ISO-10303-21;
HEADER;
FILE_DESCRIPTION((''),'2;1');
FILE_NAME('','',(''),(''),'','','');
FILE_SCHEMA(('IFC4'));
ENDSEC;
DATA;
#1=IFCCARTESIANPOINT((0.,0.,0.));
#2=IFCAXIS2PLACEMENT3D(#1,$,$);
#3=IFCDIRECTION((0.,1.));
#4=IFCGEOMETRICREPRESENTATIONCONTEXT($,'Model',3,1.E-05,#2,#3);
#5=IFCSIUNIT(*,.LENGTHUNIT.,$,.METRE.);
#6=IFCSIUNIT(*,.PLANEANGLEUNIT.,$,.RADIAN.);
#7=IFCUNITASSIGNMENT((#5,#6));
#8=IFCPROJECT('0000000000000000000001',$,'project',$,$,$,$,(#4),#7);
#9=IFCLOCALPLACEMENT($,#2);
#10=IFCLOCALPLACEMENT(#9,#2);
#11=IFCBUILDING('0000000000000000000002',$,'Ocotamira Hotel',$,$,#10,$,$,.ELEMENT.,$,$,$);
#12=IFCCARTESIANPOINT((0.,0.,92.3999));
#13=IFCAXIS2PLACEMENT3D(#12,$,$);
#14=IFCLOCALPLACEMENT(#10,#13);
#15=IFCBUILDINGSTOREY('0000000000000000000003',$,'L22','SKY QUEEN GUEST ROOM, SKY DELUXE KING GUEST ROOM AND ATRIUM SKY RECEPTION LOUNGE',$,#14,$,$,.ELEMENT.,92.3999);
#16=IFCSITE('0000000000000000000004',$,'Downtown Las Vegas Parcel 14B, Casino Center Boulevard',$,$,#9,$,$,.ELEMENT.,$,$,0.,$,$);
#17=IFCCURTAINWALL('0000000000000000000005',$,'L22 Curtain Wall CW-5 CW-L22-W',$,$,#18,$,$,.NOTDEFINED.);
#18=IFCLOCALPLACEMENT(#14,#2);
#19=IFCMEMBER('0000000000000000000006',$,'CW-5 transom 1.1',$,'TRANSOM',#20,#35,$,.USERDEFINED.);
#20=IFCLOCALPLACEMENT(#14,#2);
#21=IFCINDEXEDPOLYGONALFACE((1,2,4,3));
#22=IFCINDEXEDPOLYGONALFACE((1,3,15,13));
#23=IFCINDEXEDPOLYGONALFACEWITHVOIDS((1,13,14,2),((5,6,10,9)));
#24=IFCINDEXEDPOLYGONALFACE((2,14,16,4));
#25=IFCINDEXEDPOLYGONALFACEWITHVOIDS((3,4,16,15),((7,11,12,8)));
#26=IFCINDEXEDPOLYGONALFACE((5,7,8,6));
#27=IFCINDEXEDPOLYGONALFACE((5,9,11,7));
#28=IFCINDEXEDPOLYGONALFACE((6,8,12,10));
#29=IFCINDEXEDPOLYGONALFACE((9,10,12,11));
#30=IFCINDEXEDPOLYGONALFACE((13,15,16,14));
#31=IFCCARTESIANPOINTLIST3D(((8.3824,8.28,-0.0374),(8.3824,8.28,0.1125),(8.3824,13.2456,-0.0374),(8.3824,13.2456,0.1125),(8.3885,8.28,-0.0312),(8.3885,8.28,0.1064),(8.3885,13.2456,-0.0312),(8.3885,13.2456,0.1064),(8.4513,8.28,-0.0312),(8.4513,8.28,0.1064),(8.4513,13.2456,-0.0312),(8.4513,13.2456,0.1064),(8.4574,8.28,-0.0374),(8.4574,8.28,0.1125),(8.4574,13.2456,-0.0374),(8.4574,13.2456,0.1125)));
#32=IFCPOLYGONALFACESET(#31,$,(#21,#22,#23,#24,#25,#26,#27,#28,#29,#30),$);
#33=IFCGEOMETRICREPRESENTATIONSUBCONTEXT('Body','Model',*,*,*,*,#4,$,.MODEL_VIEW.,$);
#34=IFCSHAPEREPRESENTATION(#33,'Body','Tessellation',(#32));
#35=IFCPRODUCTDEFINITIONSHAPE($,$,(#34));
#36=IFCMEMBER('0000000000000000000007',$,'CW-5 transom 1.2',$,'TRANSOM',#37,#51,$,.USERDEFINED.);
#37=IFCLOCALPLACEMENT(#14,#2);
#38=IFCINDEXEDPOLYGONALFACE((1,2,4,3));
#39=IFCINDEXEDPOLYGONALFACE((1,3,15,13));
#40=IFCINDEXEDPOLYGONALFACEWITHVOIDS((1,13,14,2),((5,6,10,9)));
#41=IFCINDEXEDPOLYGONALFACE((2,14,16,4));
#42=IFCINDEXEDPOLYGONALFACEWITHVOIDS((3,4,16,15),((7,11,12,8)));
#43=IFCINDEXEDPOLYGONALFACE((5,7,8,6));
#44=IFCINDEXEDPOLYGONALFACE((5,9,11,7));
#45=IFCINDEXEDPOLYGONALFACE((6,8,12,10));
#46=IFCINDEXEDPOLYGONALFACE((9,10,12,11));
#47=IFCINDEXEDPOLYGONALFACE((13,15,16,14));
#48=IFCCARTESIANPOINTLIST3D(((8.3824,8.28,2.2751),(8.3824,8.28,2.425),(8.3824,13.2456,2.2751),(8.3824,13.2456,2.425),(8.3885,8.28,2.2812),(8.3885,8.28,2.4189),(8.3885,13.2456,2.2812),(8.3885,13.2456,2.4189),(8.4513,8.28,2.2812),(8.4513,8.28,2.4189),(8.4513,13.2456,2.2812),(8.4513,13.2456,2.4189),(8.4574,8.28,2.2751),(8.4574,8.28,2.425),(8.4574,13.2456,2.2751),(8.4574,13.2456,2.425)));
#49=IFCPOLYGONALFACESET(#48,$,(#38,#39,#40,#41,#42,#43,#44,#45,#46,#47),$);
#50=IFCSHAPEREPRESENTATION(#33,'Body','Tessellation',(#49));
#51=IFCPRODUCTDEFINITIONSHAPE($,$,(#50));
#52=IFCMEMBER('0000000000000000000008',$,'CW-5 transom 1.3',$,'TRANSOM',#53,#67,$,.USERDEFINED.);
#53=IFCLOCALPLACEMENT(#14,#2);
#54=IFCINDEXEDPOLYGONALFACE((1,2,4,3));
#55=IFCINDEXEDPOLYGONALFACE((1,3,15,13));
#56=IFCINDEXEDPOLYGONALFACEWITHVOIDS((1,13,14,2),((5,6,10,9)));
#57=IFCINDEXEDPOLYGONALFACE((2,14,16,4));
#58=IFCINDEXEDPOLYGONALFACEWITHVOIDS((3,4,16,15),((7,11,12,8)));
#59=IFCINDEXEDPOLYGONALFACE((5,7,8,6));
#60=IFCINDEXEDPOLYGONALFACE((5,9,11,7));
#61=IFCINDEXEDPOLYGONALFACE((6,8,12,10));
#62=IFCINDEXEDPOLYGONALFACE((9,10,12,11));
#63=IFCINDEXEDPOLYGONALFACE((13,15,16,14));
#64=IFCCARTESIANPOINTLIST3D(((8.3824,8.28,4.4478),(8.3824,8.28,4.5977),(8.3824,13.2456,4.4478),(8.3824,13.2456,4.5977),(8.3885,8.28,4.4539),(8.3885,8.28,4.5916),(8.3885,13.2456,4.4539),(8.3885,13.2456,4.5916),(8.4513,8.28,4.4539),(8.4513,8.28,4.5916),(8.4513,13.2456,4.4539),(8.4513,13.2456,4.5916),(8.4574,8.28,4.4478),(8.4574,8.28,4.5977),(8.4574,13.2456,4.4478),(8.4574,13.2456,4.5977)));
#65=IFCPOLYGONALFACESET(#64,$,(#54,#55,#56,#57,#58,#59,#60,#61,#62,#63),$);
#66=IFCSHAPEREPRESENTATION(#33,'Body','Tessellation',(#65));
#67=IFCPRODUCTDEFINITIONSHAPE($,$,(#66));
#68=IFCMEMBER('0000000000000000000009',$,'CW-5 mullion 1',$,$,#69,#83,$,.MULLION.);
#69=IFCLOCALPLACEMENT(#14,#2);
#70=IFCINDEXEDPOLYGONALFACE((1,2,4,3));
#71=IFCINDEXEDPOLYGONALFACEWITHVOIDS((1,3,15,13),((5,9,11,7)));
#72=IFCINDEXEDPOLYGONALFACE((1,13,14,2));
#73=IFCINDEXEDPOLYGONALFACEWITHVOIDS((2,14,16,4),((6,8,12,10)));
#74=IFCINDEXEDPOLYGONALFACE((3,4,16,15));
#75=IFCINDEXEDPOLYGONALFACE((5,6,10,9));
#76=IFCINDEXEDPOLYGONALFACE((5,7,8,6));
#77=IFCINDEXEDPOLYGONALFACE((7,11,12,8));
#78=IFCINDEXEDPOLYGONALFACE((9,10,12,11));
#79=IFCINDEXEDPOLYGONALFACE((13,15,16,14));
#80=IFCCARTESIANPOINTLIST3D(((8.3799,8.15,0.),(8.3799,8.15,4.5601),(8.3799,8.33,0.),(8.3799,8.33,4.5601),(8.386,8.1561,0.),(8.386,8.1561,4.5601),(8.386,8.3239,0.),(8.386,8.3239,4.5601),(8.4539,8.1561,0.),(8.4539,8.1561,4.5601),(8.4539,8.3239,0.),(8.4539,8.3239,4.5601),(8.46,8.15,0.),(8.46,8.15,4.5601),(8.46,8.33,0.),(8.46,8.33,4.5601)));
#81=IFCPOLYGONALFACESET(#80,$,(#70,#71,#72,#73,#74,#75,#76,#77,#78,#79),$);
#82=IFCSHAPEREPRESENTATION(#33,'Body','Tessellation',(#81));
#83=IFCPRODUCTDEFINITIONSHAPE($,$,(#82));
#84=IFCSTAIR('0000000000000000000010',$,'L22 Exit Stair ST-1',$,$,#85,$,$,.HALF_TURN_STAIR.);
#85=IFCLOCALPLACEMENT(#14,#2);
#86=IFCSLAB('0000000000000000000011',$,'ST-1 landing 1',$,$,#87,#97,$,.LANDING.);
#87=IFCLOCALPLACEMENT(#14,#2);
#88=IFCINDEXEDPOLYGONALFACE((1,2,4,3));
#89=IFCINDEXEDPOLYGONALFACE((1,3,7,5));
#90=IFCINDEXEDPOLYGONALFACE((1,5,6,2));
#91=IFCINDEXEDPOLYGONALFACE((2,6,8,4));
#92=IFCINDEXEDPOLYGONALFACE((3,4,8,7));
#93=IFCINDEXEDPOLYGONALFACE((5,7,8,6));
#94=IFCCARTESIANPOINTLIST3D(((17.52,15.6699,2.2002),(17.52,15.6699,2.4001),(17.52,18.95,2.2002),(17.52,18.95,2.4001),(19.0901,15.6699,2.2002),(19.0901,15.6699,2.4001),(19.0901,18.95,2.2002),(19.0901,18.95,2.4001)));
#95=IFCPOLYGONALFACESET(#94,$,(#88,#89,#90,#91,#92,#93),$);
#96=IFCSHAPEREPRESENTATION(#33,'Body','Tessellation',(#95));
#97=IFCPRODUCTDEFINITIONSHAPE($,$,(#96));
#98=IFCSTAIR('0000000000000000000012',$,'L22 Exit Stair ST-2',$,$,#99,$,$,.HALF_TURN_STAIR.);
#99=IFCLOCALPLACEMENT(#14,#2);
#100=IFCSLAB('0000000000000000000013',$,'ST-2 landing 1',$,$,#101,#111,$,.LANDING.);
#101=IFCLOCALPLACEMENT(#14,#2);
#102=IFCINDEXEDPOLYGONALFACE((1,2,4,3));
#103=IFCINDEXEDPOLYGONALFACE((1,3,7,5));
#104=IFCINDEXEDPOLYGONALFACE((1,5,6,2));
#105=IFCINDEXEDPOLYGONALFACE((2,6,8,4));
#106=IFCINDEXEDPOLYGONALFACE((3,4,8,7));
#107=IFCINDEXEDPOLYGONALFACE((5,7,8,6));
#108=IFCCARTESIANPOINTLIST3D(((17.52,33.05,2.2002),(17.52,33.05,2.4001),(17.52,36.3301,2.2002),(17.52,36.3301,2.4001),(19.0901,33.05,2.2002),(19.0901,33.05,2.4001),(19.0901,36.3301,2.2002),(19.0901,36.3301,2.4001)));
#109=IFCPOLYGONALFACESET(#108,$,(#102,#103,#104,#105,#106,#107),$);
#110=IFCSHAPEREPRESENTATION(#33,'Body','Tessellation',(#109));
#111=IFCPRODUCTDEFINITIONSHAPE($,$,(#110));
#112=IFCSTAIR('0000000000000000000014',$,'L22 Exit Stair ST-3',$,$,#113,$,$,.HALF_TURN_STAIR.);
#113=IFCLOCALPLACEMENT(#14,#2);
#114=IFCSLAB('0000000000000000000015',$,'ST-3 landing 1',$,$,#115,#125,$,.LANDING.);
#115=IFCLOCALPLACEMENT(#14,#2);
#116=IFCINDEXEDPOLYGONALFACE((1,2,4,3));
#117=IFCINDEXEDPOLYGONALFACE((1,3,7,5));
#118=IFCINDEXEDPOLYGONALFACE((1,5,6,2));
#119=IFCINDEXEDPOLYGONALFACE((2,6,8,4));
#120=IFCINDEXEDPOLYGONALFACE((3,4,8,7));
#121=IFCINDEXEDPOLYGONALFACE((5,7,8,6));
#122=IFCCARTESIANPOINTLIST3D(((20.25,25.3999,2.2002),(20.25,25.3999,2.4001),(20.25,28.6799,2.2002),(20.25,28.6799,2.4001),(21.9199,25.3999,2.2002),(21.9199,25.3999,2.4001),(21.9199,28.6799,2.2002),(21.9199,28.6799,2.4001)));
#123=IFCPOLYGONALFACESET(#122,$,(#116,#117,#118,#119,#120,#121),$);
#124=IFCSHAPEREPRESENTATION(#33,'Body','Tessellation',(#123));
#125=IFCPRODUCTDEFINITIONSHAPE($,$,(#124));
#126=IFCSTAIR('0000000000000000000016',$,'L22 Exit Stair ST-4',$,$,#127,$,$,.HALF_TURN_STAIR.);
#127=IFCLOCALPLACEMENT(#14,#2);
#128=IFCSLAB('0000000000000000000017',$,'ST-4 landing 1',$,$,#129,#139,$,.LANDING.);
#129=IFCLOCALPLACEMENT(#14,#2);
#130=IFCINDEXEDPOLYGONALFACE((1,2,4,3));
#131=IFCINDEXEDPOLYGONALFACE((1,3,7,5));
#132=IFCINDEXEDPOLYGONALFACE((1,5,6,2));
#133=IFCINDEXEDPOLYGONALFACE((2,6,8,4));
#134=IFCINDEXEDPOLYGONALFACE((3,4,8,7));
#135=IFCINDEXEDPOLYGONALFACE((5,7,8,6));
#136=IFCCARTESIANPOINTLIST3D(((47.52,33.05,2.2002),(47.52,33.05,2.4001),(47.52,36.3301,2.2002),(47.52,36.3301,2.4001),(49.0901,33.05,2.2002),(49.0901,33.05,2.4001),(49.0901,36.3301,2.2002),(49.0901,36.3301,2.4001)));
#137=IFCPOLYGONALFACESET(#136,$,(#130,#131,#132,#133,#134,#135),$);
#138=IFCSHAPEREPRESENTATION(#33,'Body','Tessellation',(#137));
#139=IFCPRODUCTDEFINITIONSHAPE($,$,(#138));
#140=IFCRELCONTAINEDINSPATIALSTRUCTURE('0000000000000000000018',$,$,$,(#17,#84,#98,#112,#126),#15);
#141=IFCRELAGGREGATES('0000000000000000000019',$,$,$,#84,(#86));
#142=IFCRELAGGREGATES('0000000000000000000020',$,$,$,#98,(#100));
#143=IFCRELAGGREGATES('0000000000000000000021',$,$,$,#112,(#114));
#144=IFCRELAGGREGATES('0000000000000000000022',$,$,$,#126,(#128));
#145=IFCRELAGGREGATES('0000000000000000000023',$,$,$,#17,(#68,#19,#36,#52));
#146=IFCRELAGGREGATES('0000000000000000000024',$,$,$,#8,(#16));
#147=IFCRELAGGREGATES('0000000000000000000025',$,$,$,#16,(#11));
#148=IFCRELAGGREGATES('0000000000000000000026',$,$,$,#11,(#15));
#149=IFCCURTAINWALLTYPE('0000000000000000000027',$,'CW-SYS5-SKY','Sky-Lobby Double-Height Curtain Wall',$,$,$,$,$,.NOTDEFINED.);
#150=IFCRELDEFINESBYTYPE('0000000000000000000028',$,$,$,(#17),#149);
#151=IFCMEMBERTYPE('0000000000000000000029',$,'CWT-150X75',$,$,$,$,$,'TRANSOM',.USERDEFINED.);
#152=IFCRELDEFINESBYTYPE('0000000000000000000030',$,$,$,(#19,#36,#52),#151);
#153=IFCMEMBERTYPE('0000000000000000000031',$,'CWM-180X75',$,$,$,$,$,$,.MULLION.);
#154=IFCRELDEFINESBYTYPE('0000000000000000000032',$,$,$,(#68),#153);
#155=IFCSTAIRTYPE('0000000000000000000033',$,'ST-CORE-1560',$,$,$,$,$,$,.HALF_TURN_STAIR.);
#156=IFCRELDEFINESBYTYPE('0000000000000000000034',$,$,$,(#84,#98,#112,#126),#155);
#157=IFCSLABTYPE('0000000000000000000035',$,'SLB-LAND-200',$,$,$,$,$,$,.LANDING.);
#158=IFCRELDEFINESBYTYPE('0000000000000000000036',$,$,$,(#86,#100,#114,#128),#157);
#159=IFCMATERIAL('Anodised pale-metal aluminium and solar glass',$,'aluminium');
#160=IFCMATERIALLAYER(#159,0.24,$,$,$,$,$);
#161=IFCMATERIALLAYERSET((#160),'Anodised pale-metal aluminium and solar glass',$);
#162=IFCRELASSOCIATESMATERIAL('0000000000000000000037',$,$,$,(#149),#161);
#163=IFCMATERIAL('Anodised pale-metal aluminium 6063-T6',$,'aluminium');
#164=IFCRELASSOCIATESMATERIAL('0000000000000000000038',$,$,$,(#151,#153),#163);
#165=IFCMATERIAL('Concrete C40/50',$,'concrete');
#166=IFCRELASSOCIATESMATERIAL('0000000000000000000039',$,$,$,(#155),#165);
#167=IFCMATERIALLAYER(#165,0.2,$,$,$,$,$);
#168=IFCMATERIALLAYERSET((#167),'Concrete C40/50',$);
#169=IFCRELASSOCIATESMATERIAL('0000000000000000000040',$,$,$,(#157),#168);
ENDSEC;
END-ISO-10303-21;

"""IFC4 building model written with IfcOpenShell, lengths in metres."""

from ifc_helpers import new_model, si_unit, direction, frame, origin, origin_2d, place, context, subcontext, project, spatial, polyline, hollow_rectangle, outline, extrude, source, transform, mapped, material, layer, layer_set, material_profile, profile_set, type_object, element, aggregate, save


model = new_model("IFC4")

# Units and contexts
model_context = context("Model", 3, precision=1e-05, world=origin(), true_north=direction((0.0, 1.0)))
body_context = subcontext(model_context, "Body", "Model", "MODEL_VIEW")
ifc_project = project(units=[si_unit("LENGTHUNIT", "METRE"), si_unit("PLANEANGLEUNIT", "RADIAN")], contexts=[model_context])

# Site, building, storey
site_placement = place(None, origin())
site = spatial("IfcSite", under=ifc_project, at=site_placement, Name="Downtown Las Vegas Parcel 14B, Casino Center Boulevard", CompositionType="ELEMENT", RefElevation=0.0)
building_placement = place(site_placement, origin())
building = spatial("IfcBuilding", under=site, at=building_placement, Name="Ocotamira Hotel", CompositionType="ELEMENT")
storey_placement = place(building_placement, frame((0.0, 0.0, 92.3999)))
storey = spatial("IfcBuildingStorey", under=building, at=storey_placement, Name="L22", Description="SKY QUEEN GUEST ROOM, SKY DELUXE KING GUEST ROOM AND ATRIUM SKY RECEPTION LOUNGE", CompositionType="ELEMENT", Elevation=92.3999)

# Curtain wall, members
ifc_material_1 = material(Name="Anodised pale-metal aluminium and solar glass", Category="aluminium")
ifc_layer_1 = layer(ifc_material_1, 0.24)
ifc_layer_set_1 = layer_set([ifc_layer_1], Name="Anodised pale-metal aluminium and solar glass")
curtain_wall_type = type_object("IfcCurtainWallType", Name="CW-SYS5-SKY", Description="Sky-Lobby Double-Height Curtain Wall", PredefinedType="NOTDEFINED", material=ifc_layer_set_1)
curtain_wall_placement = place(storey_placement, origin())
curtain_wall = element("IfcCurtainWall", 1, at=curtain_wall_placement, inside=storey, type_object=curtain_wall_type, Name="L22 Curtain Wall CW-5 CW-L22-W", PredefinedType="NOTDEFINED")
ifc_material_2 = material(Name="Anodised pale-metal aluminium 6063-T6", Category="aluminium")
ifc_material_profile_1 = material_profile(ifc_material_2, hollow_rectangle(XDim=0.075, YDim=0.1499, WallThickness=0.0061, at=origin_2d()), Name="HSS150X75X6")
ifc_profile_set_1 = profile_set([ifc_material_profile_1], Name="Anodised pale-metal aluminium 6063-T6")
member_type_1 = type_object("IfcMemberType", Name="CWT-150X75", ElementType="TRANSOM", PredefinedType="USERDEFINED", material=ifc_profile_set_1)
shared_shape_1 = source(origin(), body_context, "Body", "SweptSolid", [
    extrude(hollow_rectangle(XDim=0.075, YDim=0.1499, WallThickness=0.0061, at=origin_2d()), origin(), (0.0, 0.0, 1.0), 4.9656),
])
member_1_placement = place(storey_placement, frame((8.4199, 8.28, 0.0376), z_axis=(0.0, 1.0, 0.0), x_axis=(-1.0, 0.0, 0.0)))
member_1 = element("IfcMember", 2, at=member_1_placement, type_object=member_type_1, Name="CW-5 transom 1.1", ObjectType="TRANSOM", PredefinedType="USERDEFINED", context=body_context, shape_type="MappedRepresentation", body=[
    mapped(shared_shape_1, transform((0.0, 0.0, 0.0), scale=1.0)),
])
member_2_placement = place(storey_placement, frame((8.4199, 8.28, 2.3501), z_axis=(0.0, 1.0, 0.0), x_axis=(-1.0, 0.0, 0.0)))
member_2 = element("IfcMember", 3, at=member_2_placement, type_object=member_type_1, Name="CW-5 transom 1.2", ObjectType="TRANSOM", PredefinedType="USERDEFINED", context=body_context, shape_type="MappedRepresentation", body=[
    mapped(shared_shape_1, transform((0.0, 0.0, 0.0), scale=1.0)),
])
member_3_placement = place(storey_placement, frame((8.4199, 8.28, 4.5227), z_axis=(0.0, 1.0, 0.0), x_axis=(-1.0, 0.0, 0.0)))
member_3 = element("IfcMember", 4, at=member_3_placement, type_object=member_type_1, Name="CW-5 transom 1.3", ObjectType="TRANSOM", PredefinedType="USERDEFINED", context=body_context, shape_type="MappedRepresentation", body=[
    mapped(shared_shape_1, transform((0.0, 0.0, 0.0), scale=1.0)),
])
ifc_material_profile_2 = material_profile(ifc_material_2, hollow_rectangle(XDim=0.0801, YDim=0.1799, WallThickness=0.0061, at=origin_2d()), Name="HSS180X80X6")
ifc_profile_set_2 = profile_set([ifc_material_profile_2], Name="Anodised pale-metal aluminium 6063-T6")
member_type_2 = type_object("IfcMemberType", Name="CWM-180X75", PredefinedType="MULLION", material=ifc_profile_set_2)
shared_shape_2 = source(origin(), body_context, "Body", "SweptSolid", [
    extrude(hollow_rectangle(XDim=0.0801, YDim=0.1799, WallThickness=0.0061, at=origin_2d()), origin(), (0.0, 0.0, 1.0), 4.5601),
])
member_4_placement = place(storey_placement, frame((8.4199, 8.24, 0.0), z_axis=(0.0, 0.0, 1.0), x_axis=(-1.0, 0.0, 0.0)))
member_4 = element("IfcMember", 5, at=member_4_placement, type_object=member_type_2, Name="CW-5 mullion 1", PredefinedType="MULLION", context=body_context, shape_type="MappedRepresentation", body=[
    mapped(shared_shape_2, transform((0.0, 0.0, 0.0), scale=1.0)),
])

# Stairs, slabs
ifc_material_3 = material(Name="Concrete C40/50", Category="concrete")
stair_type = type_object("IfcStairType", Name="ST-CORE-1560", PredefinedType="HALF_TURN_STAIR", material=ifc_material_3)
stair_1_placement = place(storey_placement, origin())
stair_1 = element("IfcStair", 6, at=stair_1_placement, inside=storey, type_object=stair_type, Name="L22 Exit Stair ST-1", PredefinedType="HALF_TURN_STAIR")
ifc_layer_2 = layer(ifc_material_3, 0.2)
ifc_layer_set_2 = layer_set([ifc_layer_2], Name="Concrete C40/50")
slab_type_1 = type_object("IfcSlabType", Name="SLB-LAND-200", PredefinedType="LANDING", material=ifc_layer_set_2)
slab_1_placement = place(storey_placement, frame((0.0, 0.0, 2.2002)))
slab_1 = element("IfcSlab", 7, at=slab_1_placement, type_object=slab_type_1, Name="ST-1 landing 1", PredefinedType="LANDING", context=body_context, shape_type="SweptSolid", body=[
    extrude(outline(polyline([(17.52, 15.6699), (19.0901, 15.6699), (19.0901, 18.95), (17.52, 18.95), (17.52, 15.6699)])), origin(), (0.0, 0.0, 1.0), 0.2),
])
aggregate(stair_1, [slab_1])
stair_2_placement = place(storey_placement, origin())
stair_2 = element("IfcStair", 8, at=stair_2_placement, inside=storey, type_object=stair_type, Name="L22 Exit Stair ST-2", PredefinedType="HALF_TURN_STAIR")
slab_2_placement = place(storey_placement, frame((0.0, 0.0, 2.2002)))
slab_2 = element("IfcSlab", 9, at=slab_2_placement, type_object=slab_type_1, Name="ST-2 landing 1", PredefinedType="LANDING", context=body_context, shape_type="SweptSolid", body=[
    extrude(outline(polyline([(17.52, 33.05), (19.0901, 33.05), (19.0901, 36.3301), (17.52, 36.3301), (17.52, 33.05)])), origin(), (0.0, 0.0, 1.0), 0.2),
])
aggregate(stair_2, [slab_2])
stair_3_placement = place(storey_placement, origin())
stair_3 = element("IfcStair", 10, at=stair_3_placement, inside=storey, type_object=stair_type, Name="L22 Exit Stair ST-3", PredefinedType="HALF_TURN_STAIR")
slab_3_placement = place(storey_placement, frame((0.0, 0.0, 2.2002)))
slab_3 = element("IfcSlab", 11, at=slab_3_placement, type_object=slab_type_1, Name="ST-3 landing 1", PredefinedType="LANDING", context=body_context, shape_type="SweptSolid", body=[
    extrude(outline(polyline([(20.25, 25.3999), (21.9199, 25.3999), (21.9199, 28.6799), (20.25, 28.6799), (20.25, 25.3999)])), origin(), (0.0, 0.0, 1.0), 0.2),
])
aggregate(stair_3, [slab_3])
stair_4_placement = place(storey_placement, origin())
stair_4 = element("IfcStair", 12, at=stair_4_placement, inside=storey, type_object=stair_type, Name="L22 Exit Stair ST-4", PredefinedType="HALF_TURN_STAIR")
slab_4_placement = place(storey_placement, frame((0.0, 0.0, 2.2002)))
slab_4 = element("IfcSlab", 13, at=slab_4_placement, type_object=slab_type_1, Name="ST-4 landing 1", PredefinedType="LANDING", context=body_context, shape_type="SweptSolid", body=[
    extrude(outline(polyline([(47.52, 33.05), (49.0901, 33.05), (49.0901, 36.3301), (47.52, 36.3301), (47.52, 33.05)])), origin(), (0.0, 0.0, 1.0), 0.2),
])
aggregate(stair_4, [slab_4])

aggregate(curtain_wall, [member_4, member_1, member_2, member_3])

save(model, "model.ifc")
